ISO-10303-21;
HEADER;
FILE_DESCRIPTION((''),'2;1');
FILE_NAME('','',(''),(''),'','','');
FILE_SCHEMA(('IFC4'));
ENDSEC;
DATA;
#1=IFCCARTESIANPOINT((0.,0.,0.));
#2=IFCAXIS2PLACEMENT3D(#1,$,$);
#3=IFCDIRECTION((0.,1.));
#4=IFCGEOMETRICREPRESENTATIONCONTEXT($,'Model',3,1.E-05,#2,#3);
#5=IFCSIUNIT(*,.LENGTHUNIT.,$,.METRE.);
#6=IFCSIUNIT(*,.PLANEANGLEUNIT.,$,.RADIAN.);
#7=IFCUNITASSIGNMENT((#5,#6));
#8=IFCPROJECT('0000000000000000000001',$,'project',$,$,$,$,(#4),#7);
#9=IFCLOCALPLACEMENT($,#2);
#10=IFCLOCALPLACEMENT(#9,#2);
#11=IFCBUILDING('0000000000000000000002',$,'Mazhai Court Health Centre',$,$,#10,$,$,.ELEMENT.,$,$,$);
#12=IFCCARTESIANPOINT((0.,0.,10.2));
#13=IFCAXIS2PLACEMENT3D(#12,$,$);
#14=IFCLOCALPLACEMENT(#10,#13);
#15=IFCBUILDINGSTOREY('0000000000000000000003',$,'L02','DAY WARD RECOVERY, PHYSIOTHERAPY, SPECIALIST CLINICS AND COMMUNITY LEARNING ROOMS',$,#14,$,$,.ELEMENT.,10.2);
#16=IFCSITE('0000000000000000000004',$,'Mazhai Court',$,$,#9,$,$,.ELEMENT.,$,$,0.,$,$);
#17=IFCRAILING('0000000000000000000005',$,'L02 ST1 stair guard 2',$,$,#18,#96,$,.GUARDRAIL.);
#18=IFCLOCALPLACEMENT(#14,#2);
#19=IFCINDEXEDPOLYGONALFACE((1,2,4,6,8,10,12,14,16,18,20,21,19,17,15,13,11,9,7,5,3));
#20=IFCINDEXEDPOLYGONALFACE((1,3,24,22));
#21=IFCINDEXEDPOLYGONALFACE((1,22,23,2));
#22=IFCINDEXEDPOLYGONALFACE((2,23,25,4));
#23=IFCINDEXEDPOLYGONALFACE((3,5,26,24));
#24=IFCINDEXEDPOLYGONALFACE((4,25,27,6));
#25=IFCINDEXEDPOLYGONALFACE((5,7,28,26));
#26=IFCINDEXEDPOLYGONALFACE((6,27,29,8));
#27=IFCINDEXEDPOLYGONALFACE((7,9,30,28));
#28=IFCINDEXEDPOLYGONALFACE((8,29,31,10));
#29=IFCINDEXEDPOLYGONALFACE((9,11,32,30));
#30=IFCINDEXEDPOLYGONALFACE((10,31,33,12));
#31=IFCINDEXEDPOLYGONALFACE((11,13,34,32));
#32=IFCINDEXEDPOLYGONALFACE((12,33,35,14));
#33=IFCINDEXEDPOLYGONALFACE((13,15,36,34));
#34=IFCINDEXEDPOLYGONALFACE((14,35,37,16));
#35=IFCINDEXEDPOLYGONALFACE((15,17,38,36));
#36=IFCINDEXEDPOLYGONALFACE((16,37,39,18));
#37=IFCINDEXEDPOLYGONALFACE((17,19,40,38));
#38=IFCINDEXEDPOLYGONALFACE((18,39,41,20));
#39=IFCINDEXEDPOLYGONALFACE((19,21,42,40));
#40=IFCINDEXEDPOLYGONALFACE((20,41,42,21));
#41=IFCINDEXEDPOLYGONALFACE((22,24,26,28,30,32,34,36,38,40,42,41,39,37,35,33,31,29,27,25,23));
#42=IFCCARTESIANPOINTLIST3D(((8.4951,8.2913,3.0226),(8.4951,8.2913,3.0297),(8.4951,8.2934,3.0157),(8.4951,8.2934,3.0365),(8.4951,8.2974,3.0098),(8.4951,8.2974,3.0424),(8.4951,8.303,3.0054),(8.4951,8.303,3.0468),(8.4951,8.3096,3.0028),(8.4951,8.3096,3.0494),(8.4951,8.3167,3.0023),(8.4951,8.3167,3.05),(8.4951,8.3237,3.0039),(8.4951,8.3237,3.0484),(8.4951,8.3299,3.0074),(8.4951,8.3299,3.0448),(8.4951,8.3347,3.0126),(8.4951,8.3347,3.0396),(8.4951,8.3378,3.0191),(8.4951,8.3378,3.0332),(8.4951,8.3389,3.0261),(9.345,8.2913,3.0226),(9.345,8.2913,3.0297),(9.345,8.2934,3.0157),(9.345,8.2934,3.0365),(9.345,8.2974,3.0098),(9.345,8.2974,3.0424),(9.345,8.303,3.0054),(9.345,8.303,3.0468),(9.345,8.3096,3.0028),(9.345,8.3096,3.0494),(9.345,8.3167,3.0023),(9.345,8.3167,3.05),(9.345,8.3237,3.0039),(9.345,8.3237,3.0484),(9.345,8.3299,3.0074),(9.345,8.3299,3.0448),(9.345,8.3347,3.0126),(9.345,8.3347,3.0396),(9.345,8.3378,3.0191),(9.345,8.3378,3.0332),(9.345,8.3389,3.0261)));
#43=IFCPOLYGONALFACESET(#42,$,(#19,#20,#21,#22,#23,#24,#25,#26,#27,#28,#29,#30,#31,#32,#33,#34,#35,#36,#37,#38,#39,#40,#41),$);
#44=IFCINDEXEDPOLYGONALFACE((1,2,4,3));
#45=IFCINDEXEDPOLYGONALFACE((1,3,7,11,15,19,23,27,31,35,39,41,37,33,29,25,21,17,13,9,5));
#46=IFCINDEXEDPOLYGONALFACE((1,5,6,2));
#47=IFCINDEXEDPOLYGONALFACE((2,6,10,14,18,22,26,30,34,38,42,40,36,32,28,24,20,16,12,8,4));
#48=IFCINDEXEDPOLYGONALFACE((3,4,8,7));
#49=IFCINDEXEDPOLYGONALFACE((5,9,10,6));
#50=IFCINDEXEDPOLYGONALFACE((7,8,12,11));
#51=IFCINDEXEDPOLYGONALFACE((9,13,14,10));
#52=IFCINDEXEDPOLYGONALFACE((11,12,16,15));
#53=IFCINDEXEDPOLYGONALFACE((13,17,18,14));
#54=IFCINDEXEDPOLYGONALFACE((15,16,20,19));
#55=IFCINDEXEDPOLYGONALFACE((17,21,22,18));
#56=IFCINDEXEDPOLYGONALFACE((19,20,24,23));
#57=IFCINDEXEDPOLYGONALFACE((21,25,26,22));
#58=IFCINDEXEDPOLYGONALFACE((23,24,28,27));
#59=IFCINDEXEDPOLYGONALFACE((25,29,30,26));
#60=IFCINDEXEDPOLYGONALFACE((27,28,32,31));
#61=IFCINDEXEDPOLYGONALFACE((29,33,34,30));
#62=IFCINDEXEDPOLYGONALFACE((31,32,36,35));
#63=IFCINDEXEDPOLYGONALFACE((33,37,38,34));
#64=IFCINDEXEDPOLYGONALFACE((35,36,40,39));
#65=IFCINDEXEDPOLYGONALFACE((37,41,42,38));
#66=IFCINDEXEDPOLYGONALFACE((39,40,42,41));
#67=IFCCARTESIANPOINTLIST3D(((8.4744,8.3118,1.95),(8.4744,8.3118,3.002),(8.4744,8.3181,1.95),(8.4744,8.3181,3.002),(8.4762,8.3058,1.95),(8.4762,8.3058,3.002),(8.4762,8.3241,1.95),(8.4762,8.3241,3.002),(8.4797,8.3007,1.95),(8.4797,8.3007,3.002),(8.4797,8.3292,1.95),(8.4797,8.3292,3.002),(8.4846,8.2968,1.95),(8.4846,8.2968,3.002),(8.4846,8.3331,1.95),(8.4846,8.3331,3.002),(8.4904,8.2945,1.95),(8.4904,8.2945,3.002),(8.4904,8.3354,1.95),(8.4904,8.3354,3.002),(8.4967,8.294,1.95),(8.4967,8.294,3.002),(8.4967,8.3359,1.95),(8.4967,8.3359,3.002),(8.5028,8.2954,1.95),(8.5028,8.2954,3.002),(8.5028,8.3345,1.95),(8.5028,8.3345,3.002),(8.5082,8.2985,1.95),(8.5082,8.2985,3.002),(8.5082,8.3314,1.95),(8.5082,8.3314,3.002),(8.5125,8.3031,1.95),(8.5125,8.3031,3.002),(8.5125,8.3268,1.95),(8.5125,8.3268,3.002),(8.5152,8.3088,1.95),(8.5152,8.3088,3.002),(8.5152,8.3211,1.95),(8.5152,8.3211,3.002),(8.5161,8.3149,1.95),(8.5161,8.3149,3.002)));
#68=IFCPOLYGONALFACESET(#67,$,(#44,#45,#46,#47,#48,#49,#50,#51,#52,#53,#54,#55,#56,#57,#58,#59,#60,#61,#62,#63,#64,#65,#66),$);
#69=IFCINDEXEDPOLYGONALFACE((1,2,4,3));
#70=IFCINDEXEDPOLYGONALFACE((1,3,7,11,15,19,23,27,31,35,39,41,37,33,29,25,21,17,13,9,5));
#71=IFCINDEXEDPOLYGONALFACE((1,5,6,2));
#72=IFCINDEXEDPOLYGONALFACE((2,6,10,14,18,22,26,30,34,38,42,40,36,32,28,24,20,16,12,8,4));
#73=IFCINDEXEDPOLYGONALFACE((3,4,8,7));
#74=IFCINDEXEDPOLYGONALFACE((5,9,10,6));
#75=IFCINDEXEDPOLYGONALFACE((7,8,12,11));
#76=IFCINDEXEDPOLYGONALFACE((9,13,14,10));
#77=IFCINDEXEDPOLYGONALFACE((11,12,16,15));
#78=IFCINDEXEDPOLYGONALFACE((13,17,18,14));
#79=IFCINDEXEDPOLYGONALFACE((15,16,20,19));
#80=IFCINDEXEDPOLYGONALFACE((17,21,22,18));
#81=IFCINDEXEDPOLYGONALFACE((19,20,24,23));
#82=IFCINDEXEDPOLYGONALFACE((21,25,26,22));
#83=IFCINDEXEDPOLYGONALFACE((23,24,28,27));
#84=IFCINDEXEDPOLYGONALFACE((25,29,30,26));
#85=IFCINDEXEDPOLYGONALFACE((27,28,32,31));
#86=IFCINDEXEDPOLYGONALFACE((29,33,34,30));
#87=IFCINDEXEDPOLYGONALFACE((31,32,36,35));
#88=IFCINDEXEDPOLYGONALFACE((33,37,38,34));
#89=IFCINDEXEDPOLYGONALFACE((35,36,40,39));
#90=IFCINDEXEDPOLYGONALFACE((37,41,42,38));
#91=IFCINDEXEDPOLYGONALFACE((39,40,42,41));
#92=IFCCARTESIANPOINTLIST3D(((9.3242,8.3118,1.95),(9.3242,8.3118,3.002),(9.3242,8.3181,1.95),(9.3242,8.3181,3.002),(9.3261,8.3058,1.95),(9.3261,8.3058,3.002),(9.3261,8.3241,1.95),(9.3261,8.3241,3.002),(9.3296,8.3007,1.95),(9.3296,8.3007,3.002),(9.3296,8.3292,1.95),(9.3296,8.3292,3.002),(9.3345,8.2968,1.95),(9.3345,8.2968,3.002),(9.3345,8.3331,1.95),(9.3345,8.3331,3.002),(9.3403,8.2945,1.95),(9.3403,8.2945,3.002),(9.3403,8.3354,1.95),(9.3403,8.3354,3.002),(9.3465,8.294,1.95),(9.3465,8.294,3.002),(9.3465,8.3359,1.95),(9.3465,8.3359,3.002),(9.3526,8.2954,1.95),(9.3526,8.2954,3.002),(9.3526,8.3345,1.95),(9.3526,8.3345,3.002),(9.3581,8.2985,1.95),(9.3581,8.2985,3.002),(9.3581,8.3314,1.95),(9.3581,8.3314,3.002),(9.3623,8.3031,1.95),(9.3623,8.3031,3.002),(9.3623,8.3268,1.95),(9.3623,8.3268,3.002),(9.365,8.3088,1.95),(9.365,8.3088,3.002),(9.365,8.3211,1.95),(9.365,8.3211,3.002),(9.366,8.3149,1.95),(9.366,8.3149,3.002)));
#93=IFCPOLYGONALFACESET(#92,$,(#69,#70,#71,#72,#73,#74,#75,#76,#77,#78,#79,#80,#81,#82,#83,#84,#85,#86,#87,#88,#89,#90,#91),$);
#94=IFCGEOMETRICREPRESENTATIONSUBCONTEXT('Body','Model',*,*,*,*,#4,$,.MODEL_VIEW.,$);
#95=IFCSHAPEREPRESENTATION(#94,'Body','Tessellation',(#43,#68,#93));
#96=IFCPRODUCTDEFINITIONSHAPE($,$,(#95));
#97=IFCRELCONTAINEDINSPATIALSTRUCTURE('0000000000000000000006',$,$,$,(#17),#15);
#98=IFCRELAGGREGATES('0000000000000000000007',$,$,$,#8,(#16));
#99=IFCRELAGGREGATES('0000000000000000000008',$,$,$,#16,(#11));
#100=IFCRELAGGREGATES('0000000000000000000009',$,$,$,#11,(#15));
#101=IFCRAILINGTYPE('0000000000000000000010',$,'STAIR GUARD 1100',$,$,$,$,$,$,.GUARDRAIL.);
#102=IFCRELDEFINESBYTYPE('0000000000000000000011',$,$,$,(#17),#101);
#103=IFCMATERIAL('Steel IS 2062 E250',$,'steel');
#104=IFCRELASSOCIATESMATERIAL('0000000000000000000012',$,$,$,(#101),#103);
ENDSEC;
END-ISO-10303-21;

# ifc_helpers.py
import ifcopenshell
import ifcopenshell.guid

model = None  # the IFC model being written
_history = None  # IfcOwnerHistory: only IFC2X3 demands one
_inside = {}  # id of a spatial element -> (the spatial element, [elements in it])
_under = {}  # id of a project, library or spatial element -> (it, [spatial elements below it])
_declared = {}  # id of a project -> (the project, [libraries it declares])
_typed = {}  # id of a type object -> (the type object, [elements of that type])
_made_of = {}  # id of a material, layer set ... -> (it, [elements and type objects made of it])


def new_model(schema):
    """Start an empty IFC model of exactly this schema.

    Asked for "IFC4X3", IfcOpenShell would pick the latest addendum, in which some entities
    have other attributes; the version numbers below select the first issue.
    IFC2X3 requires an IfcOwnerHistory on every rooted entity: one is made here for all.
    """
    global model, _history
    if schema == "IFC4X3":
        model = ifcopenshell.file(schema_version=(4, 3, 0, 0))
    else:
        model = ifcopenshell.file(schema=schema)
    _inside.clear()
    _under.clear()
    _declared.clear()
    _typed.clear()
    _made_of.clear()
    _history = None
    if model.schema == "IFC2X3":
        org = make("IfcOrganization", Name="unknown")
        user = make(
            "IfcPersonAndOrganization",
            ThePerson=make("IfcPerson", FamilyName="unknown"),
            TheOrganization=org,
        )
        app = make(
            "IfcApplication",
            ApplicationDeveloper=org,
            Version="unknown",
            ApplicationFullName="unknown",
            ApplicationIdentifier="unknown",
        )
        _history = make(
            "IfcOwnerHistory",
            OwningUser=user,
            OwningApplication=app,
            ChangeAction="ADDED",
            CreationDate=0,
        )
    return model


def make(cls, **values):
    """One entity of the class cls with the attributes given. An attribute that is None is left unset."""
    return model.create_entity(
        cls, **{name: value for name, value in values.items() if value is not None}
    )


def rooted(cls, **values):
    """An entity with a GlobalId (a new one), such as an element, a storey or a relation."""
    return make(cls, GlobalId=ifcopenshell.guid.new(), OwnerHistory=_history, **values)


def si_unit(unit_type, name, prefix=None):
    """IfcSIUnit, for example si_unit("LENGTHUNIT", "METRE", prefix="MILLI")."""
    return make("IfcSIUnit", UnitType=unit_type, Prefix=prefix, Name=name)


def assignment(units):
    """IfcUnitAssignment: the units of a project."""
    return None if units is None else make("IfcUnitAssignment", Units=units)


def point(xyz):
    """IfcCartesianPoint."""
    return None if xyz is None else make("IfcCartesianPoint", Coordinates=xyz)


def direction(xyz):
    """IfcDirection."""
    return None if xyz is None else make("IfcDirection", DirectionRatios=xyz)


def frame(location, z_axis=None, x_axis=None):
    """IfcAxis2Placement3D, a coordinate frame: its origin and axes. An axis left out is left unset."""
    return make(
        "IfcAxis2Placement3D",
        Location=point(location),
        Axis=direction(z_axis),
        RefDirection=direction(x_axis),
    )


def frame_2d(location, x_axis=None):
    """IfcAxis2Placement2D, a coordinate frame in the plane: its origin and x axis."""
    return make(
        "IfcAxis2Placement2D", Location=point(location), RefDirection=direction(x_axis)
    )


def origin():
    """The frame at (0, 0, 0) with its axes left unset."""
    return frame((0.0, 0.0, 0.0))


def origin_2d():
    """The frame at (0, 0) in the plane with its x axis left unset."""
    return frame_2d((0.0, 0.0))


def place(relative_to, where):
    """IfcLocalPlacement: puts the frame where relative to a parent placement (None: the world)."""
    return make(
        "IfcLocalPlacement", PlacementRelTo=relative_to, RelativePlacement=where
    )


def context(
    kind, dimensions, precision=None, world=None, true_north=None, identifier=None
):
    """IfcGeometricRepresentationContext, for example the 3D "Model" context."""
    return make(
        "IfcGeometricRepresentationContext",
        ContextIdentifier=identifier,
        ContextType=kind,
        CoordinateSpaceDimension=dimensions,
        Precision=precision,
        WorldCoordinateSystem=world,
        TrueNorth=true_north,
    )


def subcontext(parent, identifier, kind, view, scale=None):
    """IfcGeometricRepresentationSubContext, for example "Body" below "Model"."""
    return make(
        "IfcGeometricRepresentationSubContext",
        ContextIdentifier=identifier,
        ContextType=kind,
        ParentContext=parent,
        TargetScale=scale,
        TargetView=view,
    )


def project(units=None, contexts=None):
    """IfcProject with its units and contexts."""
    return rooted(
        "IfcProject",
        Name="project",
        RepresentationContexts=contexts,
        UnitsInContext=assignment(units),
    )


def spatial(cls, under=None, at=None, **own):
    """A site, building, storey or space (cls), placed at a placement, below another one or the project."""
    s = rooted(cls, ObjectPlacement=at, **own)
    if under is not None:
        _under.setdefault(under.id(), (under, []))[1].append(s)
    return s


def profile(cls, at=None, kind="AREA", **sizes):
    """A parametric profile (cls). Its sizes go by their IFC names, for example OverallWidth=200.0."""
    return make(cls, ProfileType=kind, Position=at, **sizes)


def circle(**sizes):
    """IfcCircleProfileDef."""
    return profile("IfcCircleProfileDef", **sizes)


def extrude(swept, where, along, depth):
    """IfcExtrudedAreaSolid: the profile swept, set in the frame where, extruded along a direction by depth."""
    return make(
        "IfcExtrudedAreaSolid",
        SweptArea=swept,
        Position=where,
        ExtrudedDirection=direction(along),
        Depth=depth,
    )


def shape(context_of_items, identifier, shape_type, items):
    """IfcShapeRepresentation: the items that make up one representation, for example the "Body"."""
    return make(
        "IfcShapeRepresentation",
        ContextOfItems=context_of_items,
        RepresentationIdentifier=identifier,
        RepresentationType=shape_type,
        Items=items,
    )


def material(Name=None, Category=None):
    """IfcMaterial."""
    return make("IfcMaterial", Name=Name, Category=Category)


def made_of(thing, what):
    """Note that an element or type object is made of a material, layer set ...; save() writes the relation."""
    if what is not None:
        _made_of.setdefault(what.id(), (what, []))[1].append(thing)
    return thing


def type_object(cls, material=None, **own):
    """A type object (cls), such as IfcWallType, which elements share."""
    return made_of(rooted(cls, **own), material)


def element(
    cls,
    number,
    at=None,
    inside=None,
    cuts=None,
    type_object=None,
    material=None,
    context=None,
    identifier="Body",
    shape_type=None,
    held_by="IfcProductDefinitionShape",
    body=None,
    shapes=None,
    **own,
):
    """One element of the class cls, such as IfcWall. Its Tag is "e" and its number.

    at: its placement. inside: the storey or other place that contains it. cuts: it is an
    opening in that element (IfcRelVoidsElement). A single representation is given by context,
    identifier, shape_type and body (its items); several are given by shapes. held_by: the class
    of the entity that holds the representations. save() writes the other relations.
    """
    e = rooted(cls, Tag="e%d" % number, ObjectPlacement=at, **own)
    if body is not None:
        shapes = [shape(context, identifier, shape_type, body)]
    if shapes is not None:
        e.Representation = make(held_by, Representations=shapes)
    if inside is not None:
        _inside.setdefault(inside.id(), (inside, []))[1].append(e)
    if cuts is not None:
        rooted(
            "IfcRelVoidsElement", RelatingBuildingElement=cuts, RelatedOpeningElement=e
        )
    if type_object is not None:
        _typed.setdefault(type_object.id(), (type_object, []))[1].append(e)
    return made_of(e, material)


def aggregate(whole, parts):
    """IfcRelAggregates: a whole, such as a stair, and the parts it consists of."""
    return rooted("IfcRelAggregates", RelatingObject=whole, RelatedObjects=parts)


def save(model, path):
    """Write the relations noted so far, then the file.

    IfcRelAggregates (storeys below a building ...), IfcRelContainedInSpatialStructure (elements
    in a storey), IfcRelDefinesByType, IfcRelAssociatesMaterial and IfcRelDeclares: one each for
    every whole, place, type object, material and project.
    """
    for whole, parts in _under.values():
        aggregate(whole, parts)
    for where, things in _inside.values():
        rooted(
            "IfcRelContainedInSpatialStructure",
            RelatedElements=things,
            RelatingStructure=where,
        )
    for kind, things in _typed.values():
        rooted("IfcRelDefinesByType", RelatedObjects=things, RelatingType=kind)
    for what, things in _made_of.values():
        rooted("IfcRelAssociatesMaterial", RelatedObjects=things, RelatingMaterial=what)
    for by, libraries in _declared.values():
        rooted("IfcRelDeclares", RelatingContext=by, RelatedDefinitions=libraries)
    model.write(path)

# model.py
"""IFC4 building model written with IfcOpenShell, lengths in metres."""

from ifc_helpers import new_model, si_unit, direction, frame, origin, origin_2d, place, context, subcontext, project, spatial, circle, extrude, material, type_object, element, save


model = new_model("IFC4")

# Units and contexts
model_context = context("Model", 3, precision=1e-05, world=origin(), true_north=direction((0.0, 1.0)))
body_context = subcontext(model_context, "Body", "Model", "MODEL_VIEW")
ifc_project = project(units=[si_unit("LENGTHUNIT", "METRE"), si_unit("PLANEANGLEUNIT", "RADIAN")], contexts=[model_context])

# Site, building, storey
site_placement = place(None, origin())
site = spatial("IfcSite", under=ifc_project, at=site_placement, Name="Mazhai Court", CompositionType="ELEMENT", RefElevation=0.0)
building_placement = place(site_placement, origin())
building = spatial("IfcBuilding", under=site, at=building_placement, Name="Mazhai Court Health Centre", CompositionType="ELEMENT")
storey_placement = place(building_placement, frame((0.0, 0.0, 10.2)))
storey = spatial("IfcBuildingStorey", under=building, at=storey_placement, Name="L02", Description="DAY WARD RECOVERY, PHYSIOTHERAPY, SPECIALIST CLINICS AND COMMUNITY LEARNING ROOMS", CompositionType="ELEMENT", Elevation=10.2)

# Railing
ifc_material_1 = material(Name="Steel IS 2062 E250", Category="steel")
railing_type = type_object("IfcRailingType", Name="STAIR GUARD 1100", PredefinedType="GUARDRAIL", material=ifc_material_1)
railing_placement = place(storey_placement, frame((8.4951, 8.3149, 1.95)))
element("IfcRailing", 1, at=railing_placement, inside=storey, type_object=railing_type, Name="L02 ST1 stair guard 2", PredefinedType="GUARDRAIL", context=body_context, shape_type="SweptSolid", body=[
    extrude(circle(Radius=0.0239, at=origin_2d()), frame((0.0, 0.0, 1.0762), z_axis=(1.0, 0.0, 0.0), x_axis=(0.0, 1.0, 0.0)), (0.0, 0.0, 1.0), 0.8499),
    extrude(circle(Radius=0.021, at=origin_2d()), origin(), (0.0, 0.0, 1.0), 1.052),
    extrude(circle(Radius=0.021, at=origin_2d()), frame((0.8499, 0.0, 0.0)), (0.0, 0.0, 1.0), 1.052),
])

save(model, "model.ifc")
